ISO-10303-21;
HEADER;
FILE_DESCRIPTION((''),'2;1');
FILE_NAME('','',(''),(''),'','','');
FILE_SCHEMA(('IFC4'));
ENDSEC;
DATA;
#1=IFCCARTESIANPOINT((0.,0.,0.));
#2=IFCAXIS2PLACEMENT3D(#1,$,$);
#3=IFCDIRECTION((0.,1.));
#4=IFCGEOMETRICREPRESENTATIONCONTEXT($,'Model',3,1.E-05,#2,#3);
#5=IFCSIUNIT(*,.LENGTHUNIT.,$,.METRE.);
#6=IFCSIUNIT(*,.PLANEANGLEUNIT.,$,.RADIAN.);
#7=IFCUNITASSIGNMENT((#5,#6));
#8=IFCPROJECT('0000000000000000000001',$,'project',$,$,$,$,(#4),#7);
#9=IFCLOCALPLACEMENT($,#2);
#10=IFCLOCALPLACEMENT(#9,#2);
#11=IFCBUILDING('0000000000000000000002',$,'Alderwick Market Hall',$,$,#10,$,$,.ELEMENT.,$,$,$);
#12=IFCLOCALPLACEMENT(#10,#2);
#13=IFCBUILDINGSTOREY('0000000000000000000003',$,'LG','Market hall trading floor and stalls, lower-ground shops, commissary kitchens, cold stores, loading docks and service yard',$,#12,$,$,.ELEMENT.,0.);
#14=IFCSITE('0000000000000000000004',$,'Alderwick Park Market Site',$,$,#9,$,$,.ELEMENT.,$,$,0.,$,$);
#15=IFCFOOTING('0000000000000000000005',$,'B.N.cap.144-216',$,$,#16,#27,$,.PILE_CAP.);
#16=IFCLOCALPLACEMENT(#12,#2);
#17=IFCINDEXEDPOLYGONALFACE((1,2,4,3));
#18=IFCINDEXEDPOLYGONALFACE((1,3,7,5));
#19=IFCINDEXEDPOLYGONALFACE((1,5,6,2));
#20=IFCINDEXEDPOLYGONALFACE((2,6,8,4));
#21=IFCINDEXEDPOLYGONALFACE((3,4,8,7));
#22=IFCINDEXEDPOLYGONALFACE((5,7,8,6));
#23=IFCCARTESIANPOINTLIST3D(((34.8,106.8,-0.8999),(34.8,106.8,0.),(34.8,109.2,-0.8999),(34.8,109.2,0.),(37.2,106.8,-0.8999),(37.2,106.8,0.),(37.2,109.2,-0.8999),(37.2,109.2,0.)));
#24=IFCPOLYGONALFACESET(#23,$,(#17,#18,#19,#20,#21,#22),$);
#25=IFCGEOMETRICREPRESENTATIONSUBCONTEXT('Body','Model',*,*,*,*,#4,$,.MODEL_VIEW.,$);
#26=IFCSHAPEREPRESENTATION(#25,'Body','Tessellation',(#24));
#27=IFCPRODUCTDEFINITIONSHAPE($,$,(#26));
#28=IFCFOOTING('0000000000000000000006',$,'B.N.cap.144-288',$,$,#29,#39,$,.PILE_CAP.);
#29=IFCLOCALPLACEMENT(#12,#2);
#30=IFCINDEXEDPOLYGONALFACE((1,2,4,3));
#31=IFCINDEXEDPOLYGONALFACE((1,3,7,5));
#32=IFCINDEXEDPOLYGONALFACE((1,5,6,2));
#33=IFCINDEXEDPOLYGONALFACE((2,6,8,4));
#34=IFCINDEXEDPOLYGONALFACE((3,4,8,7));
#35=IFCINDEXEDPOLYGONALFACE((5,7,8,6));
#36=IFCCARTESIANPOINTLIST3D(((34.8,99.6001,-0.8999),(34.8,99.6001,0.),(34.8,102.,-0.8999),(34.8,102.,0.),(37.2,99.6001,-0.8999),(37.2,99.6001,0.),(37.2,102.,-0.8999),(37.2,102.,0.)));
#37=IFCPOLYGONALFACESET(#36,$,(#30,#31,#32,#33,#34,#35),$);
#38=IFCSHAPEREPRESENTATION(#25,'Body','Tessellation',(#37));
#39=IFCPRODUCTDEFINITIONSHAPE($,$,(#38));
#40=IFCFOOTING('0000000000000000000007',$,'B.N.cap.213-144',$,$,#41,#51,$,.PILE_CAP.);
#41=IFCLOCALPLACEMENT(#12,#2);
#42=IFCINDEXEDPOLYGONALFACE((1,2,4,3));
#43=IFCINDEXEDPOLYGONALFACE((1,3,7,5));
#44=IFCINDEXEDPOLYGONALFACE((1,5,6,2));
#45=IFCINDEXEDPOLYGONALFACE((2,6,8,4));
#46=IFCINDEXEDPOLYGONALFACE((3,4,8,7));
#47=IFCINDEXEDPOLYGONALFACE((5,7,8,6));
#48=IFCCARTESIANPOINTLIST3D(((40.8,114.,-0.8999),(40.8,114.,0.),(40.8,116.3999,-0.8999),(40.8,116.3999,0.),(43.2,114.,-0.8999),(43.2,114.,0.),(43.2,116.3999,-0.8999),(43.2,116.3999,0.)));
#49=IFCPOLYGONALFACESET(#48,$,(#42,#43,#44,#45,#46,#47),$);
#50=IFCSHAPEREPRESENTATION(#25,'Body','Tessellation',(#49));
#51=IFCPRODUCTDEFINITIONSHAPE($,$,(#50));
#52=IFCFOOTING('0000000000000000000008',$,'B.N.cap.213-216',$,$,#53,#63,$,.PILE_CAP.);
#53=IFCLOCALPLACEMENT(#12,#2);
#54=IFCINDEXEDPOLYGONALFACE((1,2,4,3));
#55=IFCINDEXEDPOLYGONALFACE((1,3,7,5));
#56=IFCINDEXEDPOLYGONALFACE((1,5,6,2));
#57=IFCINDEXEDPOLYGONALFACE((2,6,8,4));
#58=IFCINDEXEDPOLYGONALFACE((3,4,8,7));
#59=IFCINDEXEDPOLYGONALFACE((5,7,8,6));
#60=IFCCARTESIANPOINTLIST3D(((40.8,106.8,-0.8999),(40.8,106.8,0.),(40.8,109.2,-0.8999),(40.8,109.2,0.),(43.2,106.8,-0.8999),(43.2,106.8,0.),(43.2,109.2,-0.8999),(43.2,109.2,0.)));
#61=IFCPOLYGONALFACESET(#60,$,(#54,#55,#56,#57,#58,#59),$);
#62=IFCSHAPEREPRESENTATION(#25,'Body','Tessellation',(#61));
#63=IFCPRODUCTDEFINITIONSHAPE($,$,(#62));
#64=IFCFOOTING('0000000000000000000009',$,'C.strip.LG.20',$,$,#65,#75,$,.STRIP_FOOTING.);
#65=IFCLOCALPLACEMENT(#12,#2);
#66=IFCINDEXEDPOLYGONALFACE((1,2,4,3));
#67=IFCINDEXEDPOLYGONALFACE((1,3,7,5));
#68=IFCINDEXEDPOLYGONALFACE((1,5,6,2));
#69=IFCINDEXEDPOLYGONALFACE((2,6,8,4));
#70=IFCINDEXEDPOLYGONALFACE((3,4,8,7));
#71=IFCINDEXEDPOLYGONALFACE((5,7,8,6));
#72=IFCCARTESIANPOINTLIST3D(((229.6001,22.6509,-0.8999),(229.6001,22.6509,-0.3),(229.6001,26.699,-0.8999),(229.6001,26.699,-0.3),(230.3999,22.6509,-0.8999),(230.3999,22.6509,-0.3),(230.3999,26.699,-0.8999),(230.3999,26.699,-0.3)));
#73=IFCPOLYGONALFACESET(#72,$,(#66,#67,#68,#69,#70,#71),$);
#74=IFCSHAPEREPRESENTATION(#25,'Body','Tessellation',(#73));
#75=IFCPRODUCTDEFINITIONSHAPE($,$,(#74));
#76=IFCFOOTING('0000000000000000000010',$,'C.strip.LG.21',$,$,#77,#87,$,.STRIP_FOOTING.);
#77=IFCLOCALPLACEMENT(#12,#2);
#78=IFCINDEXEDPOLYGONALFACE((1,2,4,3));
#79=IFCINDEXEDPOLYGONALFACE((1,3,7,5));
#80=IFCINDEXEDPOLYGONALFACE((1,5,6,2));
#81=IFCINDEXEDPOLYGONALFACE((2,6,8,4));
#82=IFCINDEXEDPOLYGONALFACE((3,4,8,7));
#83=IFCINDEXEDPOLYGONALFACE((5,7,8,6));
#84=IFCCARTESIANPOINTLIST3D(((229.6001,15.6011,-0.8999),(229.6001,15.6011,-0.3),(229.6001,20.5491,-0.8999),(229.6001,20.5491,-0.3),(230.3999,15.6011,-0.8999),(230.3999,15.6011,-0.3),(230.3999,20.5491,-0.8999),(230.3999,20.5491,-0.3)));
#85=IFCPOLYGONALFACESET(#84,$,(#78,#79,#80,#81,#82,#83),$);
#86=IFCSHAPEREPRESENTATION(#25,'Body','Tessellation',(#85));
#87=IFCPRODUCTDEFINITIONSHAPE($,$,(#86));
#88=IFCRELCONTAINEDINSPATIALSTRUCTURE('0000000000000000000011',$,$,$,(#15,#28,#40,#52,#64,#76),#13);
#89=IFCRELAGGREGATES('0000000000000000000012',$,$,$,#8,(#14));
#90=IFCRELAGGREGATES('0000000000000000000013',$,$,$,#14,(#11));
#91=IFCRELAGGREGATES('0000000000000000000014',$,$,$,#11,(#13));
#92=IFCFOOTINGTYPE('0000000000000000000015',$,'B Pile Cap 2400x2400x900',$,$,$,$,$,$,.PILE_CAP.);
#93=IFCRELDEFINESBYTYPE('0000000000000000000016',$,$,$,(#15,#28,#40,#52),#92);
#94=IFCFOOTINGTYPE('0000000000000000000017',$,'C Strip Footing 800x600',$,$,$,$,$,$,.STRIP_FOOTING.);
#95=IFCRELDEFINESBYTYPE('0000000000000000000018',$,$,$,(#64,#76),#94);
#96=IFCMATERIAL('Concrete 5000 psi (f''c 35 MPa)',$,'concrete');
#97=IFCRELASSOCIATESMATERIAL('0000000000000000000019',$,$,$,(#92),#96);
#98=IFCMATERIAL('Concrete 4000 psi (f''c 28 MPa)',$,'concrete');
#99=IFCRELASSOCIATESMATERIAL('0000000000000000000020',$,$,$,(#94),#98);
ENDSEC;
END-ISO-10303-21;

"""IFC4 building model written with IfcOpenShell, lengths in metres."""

from ifc_helpers import new_model, si_unit, direction, frame, origin, place, context, subcontext, project, spatial, polyline, outline, extrude, material, type_object, element, save


model = new_model("IFC4")

# Units and contexts
model_context = context("Model", 3, precision=1e-05, world=origin(), true_north=direction((0.0, 1.0)))
body_context = subcontext(model_context, "Body", "Model", "MODEL_VIEW")
ifc_project = project(units=[si_unit("LENGTHUNIT", "METRE"), si_unit("PLANEANGLEUNIT", "RADIAN")], contexts=[model_context])

# Site, building, storey
site_placement = place(None, origin())
site = spatial("IfcSite", under=ifc_project, at=site_placement, Name="Alderwick Park Market Site", CompositionType="ELEMENT", RefElevation=0.0)
building_placement = place(site_placement, origin())
building = spatial("IfcBuilding", under=site, at=building_placement, Name="Alderwick Market Hall", CompositionType="ELEMENT")
storey_placement = place(building_placement, origin())
storey = spatial("IfcBuildingStorey", under=building, at=storey_placement, Name="LG", Description="Market hall trading floor and stalls, lower-ground shops, commissary kitchens, cold stores, loading docks and service yard", CompositionType="ELEMENT", Elevation=0.0)

# Footings
ifc_material_1 = material(Name="Concrete 5000 psi (f'c 35 MPa)", Category="concrete")
footing_type_1 = type_object("IfcFootingType", Name="B Pile Cap 2400x2400x900", PredefinedType="PILE_CAP", material=ifc_material_1)
footing_1_placement = place(storey_placement, frame((0.0, 0.0, -0.8999)))
element("IfcFooting", 1, at=footing_1_placement, inside=storey, type_object=footing_type_1, Name="B.N.cap.144-216", PredefinedType="PILE_CAP", context=body_context, shape_type="SweptSolid", body=[
    extrude(outline(polyline([(34.8, 106.8), (37.2, 106.8), (37.2, 109.2), (34.8, 109.2), (34.8, 106.8)])), origin(), (0.0, 0.0, 1.0), 0.8999),
])
footing_2_placement = place(storey_placement, frame((0.0, 0.0, -0.8999)))
element("IfcFooting", 2, at=footing_2_placement, inside=storey, type_object=footing_type_1, Name="B.N.cap.144-288", PredefinedType="PILE_CAP", context=body_context, shape_type="SweptSolid", body=[
    extrude(outline(polyline([(34.8, 99.6001), (37.2, 99.6001), (37.2, 102.0), (34.8, 102.0), (34.8, 99.6001)])), origin(), (0.0, 0.0, 1.0), 0.8999),
])
footing_3_placement = place(storey_placement, frame((0.0, 0.0, -0.8999)))
element("IfcFooting", 3, at=footing_3_placement, inside=storey, type_object=footing_type_1, Name="B.N.cap.213-144", PredefinedType="PILE_CAP", context=body_context, shape_type="SweptSolid", body=[
    extrude(outline(polyline([(40.8, 114.0), (43.2, 114.0), (43.2, 116.3999), (40.8, 116.3999), (40.8, 114.0)])), origin(), (0.0, 0.0, 1.0), 0.8999),
])
footing_4_placement = place(storey_placement, frame((0.0, 0.0, -0.8999)))
element("IfcFooting", 4, at=footing_4_placement, inside=storey, type_object=footing_type_1, Name="B.N.cap.213-216", PredefinedType="PILE_CAP", context=body_context, shape_type="SweptSolid", body=[
    extrude(outline(polyline([(40.8, 106.8), (43.2, 106.8), (43.2, 109.2), (40.8, 109.2), (40.8, 106.8)])), origin(), (0.0, 0.0, 1.0), 0.8999),
])
ifc_material_2 = material(Name="Concrete 4000 psi (f'c 28 MPa)", Category="concrete")
footing_type_2 = type_object("IfcFootingType", Name="C Strip Footing 800x600", PredefinedType="STRIP_FOOTING", material=ifc_material_2)
footing_5_placement = place(storey_placement, frame((0.0, 0.0, -0.8999)))
element("IfcFooting", 5, at=footing_5_placement, inside=storey, type_object=footing_type_2, Name="C.strip.LG.20", PredefinedType="STRIP_FOOTING", context=body_context, shape_type="SweptSolid", body=[
    extrude(outline(polyline([(229.6001, 22.6509), (230.3999, 22.6509), (230.3999, 26.699), (229.6001, 26.699), (229.6001, 22.6509)])), origin(), (0.0, 0.0, 1.0), 0.5999),
])
footing_6_placement = place(storey_placement, frame((0.0, 0.0, -0.8999)))
element("IfcFooting", 6, at=footing_6_placement, inside=storey, type_object=footing_type_2, Name="C.strip.LG.21", PredefinedType="STRIP_FOOTING", context=body_context, shape_type="SweptSolid", body=[
    extrude(outline(polyline([(229.6001, 15.6011), (230.3999, 15.6011), (230.3999, 20.5491), (229.6001, 20.5491), (229.6001, 15.6011)])), origin(), (0.0, 0.0, 1.0), 0.5999),
])

save(model, "model.ifc")
